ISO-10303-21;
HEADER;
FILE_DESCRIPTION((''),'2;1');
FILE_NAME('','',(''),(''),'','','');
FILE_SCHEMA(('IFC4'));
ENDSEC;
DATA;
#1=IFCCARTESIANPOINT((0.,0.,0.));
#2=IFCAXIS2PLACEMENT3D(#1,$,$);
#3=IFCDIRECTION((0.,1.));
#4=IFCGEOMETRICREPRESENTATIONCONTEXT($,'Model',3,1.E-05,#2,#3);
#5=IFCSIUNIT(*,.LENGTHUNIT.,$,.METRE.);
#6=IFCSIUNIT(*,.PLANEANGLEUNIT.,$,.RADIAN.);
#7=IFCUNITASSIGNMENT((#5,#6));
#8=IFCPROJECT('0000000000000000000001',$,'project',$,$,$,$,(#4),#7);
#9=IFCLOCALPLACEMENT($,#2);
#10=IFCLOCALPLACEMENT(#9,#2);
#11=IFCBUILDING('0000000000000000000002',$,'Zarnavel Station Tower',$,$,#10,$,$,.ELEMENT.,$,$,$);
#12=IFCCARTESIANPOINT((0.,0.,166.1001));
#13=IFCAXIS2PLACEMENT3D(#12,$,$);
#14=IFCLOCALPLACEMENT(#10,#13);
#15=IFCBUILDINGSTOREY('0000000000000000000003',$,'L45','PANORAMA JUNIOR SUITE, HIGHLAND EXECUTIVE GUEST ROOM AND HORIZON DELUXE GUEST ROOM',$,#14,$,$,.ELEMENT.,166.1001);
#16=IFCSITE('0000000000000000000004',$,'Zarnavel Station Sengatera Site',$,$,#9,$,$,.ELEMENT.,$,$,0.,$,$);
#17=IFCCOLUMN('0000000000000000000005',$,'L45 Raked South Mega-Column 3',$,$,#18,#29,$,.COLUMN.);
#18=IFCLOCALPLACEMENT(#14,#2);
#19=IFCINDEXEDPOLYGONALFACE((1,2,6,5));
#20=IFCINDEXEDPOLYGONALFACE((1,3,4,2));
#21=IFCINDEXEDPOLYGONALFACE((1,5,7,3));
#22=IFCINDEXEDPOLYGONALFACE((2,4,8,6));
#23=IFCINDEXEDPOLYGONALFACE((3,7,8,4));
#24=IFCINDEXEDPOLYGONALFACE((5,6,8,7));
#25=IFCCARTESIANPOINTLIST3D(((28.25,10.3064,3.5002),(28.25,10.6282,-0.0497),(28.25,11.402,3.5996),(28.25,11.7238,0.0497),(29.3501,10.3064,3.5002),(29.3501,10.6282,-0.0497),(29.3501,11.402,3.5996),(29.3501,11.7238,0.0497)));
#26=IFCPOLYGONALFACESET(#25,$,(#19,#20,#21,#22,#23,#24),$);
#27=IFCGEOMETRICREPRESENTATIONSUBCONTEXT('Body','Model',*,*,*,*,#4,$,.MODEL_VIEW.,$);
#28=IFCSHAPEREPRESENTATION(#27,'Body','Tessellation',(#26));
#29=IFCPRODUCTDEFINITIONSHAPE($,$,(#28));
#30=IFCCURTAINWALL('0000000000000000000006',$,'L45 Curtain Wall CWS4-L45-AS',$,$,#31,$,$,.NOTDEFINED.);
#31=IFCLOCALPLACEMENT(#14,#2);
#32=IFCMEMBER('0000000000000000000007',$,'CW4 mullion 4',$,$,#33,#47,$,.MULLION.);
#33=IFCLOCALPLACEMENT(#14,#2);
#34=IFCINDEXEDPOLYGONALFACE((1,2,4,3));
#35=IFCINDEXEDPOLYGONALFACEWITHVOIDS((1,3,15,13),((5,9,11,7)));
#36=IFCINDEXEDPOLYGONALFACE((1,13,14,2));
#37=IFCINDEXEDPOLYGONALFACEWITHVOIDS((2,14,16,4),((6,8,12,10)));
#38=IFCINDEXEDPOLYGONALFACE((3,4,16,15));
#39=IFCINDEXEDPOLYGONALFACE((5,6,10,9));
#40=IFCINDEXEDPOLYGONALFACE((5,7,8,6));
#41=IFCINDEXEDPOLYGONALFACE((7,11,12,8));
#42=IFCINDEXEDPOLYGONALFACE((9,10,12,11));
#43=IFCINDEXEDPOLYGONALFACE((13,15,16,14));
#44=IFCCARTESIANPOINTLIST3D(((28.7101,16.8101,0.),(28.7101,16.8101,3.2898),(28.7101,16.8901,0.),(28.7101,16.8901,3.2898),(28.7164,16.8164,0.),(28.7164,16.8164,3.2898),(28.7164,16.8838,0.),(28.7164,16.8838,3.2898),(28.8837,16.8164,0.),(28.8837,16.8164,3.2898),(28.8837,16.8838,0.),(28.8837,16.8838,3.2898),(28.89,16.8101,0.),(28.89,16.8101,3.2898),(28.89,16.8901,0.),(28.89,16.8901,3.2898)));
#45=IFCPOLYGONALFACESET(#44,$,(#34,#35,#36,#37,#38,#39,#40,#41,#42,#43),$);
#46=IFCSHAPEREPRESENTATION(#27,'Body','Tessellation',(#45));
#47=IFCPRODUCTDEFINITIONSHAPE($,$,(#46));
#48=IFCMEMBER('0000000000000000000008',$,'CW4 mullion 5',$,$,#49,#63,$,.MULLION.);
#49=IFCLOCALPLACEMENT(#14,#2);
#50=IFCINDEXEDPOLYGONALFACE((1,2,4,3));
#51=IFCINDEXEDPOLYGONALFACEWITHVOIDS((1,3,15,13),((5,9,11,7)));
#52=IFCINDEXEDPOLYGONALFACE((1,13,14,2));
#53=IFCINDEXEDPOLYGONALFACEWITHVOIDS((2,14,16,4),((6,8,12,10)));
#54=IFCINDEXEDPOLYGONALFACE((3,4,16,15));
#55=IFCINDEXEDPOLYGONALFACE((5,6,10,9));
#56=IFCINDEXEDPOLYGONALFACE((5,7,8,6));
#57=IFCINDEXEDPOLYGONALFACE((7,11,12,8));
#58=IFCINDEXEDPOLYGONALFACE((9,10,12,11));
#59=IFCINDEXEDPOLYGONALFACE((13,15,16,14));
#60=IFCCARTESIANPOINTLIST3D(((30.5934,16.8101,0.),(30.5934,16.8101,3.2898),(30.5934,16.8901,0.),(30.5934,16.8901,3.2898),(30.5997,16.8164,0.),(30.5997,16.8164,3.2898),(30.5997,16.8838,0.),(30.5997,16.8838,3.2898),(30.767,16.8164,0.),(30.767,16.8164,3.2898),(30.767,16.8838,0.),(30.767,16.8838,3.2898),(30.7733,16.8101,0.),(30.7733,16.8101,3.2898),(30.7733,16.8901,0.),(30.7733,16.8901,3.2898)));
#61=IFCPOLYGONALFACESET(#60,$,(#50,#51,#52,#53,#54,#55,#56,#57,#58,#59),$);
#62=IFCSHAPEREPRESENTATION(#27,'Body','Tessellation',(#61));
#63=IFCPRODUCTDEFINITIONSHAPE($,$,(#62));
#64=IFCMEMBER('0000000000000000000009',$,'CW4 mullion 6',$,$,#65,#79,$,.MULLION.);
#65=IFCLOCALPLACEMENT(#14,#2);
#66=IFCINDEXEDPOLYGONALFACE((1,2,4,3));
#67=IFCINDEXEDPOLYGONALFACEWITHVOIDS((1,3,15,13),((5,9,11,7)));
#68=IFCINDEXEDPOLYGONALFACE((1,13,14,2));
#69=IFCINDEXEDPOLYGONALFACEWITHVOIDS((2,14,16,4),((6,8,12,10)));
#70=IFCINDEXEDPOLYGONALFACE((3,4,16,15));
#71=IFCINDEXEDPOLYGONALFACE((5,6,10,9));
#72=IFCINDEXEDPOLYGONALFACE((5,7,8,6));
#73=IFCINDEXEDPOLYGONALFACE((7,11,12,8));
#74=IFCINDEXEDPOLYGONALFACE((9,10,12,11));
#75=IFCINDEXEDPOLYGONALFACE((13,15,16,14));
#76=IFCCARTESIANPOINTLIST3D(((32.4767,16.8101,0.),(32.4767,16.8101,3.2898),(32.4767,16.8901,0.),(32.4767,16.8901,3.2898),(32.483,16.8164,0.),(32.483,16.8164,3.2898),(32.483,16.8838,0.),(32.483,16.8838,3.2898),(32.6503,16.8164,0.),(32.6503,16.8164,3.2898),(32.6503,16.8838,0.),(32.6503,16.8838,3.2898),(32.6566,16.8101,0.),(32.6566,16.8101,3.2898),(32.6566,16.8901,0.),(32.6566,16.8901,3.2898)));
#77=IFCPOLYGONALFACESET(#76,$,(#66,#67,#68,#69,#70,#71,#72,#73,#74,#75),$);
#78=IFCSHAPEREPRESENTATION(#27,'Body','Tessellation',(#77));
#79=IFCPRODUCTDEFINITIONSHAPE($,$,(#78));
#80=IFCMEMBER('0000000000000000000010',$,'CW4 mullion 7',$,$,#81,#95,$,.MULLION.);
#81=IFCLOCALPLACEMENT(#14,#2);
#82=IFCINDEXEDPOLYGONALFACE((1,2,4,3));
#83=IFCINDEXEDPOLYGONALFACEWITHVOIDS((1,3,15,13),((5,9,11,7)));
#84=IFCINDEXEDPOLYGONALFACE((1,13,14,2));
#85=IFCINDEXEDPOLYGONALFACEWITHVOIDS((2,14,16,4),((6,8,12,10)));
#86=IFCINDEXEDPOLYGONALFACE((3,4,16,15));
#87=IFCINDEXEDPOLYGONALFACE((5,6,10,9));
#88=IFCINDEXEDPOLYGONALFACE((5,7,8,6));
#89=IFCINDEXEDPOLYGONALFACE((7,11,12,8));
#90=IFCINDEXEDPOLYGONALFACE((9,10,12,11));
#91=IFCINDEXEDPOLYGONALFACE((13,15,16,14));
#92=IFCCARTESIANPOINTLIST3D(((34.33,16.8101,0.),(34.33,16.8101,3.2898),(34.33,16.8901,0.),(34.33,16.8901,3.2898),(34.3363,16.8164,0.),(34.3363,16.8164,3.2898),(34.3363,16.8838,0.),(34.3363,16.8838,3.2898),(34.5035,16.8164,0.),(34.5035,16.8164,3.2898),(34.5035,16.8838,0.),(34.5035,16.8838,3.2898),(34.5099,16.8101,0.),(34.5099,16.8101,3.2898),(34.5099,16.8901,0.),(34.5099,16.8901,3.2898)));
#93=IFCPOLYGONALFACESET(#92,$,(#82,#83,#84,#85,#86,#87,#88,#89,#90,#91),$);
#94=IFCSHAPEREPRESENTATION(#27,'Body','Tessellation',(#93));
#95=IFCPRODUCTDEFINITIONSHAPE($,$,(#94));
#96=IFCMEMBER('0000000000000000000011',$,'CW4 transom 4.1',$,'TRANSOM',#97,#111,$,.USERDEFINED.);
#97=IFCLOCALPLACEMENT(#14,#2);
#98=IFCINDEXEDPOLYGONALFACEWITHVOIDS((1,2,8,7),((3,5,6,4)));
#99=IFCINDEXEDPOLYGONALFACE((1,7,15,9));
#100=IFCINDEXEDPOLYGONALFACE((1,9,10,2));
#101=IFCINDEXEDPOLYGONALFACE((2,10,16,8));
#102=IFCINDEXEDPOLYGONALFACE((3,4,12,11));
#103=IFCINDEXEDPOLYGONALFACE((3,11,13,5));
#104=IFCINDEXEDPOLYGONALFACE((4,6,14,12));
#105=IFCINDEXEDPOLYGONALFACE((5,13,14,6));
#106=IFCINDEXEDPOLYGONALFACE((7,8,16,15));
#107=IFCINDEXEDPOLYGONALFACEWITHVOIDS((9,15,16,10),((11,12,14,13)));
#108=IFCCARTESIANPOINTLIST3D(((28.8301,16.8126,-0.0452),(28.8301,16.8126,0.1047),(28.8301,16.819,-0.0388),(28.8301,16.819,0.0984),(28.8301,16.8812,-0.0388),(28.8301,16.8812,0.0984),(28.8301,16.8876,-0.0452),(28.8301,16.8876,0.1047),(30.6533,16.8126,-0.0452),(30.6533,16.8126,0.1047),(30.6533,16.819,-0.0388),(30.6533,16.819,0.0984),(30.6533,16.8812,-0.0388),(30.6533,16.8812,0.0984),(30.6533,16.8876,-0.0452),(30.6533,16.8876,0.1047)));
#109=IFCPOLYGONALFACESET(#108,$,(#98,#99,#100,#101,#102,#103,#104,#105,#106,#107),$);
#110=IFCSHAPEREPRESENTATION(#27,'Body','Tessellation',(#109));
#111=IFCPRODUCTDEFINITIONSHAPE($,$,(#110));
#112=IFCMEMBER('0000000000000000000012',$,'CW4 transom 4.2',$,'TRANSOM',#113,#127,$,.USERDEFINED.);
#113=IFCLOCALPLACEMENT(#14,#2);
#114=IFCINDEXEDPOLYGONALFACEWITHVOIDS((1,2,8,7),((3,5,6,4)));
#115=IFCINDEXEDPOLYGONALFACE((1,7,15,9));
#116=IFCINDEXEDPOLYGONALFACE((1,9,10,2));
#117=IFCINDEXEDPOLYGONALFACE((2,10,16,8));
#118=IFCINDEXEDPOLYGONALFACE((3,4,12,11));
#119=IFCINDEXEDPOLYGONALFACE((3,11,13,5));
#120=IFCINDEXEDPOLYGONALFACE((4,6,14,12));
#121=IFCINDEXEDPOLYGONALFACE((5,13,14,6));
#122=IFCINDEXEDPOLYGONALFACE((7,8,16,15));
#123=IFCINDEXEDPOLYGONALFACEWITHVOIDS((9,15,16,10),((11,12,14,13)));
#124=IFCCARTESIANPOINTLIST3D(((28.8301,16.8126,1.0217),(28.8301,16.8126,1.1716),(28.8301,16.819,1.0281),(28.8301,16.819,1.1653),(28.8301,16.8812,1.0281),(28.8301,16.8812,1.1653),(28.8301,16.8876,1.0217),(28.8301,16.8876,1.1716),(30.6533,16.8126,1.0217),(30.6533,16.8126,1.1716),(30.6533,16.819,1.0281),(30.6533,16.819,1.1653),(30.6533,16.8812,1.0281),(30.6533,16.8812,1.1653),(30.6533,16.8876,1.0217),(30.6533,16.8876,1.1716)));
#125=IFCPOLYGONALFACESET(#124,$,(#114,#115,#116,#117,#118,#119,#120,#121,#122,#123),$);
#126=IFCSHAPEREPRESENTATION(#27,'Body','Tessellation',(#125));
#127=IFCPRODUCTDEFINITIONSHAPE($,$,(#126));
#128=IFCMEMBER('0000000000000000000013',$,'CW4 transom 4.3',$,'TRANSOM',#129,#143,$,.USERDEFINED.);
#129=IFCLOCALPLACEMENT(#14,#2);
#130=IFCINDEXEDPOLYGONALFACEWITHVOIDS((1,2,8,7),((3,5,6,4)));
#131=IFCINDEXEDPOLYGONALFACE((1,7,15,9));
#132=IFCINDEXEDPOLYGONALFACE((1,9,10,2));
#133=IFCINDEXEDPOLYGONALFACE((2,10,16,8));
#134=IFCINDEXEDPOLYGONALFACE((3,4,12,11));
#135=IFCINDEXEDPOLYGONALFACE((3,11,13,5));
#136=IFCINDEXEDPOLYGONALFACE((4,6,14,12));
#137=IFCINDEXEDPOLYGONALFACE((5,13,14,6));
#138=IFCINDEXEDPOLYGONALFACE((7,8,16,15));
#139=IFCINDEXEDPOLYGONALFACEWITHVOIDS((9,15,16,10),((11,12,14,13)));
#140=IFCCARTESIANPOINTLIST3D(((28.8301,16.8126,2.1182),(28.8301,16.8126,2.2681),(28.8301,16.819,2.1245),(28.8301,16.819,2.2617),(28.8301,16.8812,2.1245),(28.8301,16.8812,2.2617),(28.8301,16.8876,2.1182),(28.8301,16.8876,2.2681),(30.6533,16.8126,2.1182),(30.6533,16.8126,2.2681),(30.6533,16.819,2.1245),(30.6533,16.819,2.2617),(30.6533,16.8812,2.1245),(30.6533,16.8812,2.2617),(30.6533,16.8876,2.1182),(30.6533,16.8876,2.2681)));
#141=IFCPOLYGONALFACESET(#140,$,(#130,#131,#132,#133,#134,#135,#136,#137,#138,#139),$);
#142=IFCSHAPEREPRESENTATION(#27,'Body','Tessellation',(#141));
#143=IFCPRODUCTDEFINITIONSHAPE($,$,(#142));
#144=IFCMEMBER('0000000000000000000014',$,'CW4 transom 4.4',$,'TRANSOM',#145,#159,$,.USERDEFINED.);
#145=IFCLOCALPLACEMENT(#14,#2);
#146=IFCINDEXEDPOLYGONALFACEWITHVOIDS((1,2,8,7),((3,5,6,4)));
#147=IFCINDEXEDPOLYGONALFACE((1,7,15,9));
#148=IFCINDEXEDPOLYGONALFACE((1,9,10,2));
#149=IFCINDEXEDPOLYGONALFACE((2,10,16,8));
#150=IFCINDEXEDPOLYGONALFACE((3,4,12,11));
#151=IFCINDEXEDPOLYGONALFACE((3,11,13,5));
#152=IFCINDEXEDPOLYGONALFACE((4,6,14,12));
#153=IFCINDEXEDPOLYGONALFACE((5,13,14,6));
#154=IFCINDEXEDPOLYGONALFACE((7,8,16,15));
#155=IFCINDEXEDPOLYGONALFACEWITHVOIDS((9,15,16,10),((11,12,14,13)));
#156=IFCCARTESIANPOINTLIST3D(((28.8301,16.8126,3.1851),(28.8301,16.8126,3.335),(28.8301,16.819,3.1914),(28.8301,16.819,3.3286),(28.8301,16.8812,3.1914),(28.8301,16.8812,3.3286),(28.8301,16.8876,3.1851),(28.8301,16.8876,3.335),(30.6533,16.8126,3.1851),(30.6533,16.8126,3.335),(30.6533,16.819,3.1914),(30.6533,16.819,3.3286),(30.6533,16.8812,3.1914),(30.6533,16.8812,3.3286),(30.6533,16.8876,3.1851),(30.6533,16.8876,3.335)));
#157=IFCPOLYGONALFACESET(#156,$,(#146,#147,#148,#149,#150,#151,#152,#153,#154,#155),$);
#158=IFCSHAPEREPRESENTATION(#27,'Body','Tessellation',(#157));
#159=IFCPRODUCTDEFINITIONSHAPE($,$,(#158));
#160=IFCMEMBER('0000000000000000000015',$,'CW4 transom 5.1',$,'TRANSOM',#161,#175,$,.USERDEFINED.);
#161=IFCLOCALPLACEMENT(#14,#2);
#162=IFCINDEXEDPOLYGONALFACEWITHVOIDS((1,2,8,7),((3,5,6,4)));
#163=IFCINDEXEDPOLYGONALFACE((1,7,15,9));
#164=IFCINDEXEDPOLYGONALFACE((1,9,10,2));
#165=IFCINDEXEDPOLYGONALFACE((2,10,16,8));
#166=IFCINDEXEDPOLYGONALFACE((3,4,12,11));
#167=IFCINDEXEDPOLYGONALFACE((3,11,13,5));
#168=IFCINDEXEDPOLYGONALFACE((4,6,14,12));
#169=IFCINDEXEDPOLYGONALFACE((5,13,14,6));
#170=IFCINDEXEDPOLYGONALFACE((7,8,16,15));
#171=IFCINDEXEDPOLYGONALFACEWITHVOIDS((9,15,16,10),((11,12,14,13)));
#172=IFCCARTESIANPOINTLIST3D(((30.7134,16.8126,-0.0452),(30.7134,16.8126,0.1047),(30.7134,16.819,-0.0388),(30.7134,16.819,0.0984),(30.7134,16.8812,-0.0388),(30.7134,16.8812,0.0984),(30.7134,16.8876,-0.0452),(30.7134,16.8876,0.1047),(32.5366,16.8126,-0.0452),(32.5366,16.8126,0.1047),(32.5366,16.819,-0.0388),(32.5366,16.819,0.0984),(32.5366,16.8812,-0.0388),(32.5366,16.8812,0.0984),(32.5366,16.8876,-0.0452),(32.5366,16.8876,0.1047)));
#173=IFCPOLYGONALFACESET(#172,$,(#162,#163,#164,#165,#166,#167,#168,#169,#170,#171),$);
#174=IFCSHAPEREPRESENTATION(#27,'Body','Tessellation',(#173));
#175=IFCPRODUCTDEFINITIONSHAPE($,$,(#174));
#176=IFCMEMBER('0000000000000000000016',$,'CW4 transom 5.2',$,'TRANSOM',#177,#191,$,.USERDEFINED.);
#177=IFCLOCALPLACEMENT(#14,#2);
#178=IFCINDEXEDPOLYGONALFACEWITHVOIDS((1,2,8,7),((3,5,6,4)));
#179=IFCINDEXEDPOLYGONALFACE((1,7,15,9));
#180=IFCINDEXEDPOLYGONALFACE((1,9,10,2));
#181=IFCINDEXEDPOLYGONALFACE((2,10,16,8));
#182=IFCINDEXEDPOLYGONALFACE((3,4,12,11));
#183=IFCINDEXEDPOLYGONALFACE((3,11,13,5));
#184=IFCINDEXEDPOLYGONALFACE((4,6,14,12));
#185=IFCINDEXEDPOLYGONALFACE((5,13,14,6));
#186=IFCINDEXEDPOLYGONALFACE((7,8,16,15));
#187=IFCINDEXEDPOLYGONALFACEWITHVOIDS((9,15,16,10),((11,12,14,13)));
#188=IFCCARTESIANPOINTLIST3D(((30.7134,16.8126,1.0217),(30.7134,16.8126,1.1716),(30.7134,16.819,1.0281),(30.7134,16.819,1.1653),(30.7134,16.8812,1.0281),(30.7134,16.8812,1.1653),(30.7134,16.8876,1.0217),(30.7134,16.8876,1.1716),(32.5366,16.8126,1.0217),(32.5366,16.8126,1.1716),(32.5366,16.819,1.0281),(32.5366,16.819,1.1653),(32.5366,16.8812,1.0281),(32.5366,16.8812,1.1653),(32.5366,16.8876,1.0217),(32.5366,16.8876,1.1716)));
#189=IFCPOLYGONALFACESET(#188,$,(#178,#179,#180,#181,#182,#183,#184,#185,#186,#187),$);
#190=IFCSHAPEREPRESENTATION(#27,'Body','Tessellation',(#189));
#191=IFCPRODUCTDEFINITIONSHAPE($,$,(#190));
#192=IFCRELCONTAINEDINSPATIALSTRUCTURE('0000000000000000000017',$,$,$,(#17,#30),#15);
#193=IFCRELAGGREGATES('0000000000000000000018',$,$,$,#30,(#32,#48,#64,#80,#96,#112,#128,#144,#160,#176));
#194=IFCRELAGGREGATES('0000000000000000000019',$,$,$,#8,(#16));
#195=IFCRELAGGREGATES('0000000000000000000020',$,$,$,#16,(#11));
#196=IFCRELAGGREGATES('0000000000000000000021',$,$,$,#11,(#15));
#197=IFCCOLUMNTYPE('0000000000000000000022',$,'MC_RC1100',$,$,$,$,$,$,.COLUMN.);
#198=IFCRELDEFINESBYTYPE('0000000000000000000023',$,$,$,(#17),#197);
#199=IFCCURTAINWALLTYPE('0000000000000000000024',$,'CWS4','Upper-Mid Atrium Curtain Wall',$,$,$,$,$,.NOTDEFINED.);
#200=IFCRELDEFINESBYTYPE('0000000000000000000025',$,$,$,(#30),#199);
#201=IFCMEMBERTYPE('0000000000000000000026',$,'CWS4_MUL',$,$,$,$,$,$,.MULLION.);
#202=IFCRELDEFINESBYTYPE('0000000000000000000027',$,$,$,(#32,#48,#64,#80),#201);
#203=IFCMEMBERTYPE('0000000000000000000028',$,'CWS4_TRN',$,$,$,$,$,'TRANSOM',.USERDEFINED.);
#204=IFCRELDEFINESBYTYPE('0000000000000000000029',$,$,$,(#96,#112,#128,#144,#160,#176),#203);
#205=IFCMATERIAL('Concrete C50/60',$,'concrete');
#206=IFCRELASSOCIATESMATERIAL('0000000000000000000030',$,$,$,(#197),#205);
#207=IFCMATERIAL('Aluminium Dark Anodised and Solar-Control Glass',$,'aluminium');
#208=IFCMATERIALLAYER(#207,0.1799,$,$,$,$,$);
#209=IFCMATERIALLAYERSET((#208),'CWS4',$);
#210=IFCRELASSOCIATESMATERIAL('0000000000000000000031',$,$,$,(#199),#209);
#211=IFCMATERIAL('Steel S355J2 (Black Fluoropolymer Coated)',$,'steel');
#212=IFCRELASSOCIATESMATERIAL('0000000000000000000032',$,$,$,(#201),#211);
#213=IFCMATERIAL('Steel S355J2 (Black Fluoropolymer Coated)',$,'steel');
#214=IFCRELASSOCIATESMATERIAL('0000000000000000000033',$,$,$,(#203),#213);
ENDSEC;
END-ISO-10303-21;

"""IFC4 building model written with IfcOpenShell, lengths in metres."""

from ifc_helpers import new_model, si_unit, direction, frame, origin, origin_2d, place, context, subcontext, project, spatial, rectangle, hollow_rectangle, extrude, material, layer, layer_set, material_profile, profile_set, type_object, element, aggregate, save


model = new_model("IFC4")

# Units and contexts
model_context = context("Model", 3, precision=1e-05, world=origin(), true_north=direction((0.0, 1.0)))
body_context = subcontext(model_context, "Body", "Model", "MODEL_VIEW")
ifc_project = project(units=[si_unit("LENGTHUNIT", "METRE"), si_unit("PLANEANGLEUNIT", "RADIAN")], contexts=[model_context])

# Site, building, storey
site_placement = place(None, origin())
site = spatial("IfcSite", under=ifc_project, at=site_placement, Name="Zarnavel Station Sengatera Site", CompositionType="ELEMENT", RefElevation=0.0)
building_placement = place(site_placement, origin())
building = spatial("IfcBuilding", under=site, at=building_placement, Name="Zarnavel Station Tower", CompositionType="ELEMENT")
storey_placement = place(building_placement, frame((0.0, 0.0, 166.1001)))
storey = spatial("IfcBuildingStorey", under=building, at=storey_placement, Name="L45", Description="PANORAMA JUNIOR SUITE, HIGHLAND EXECUTIVE GUEST ROOM AND HORIZON DELUXE GUEST ROOM", CompositionType="ELEMENT", Elevation=166.1001)

# Column
ifc_material_1 = material(Name="Concrete C50/60", Category="concrete")
ifc_material_profile_1 = material_profile(ifc_material_1, rectangle(XDim=1.1001, YDim=1.1001, at=origin_2d()), Name="RC1100x1100")
ifc_profile_set_1 = profile_set([ifc_material_profile_1], Name="Concrete C50/60")
column_type = type_object("IfcColumnType", Name="MC_RC1100", PredefinedType="COLUMN", material=ifc_profile_set_1)
column_placement = place(storey_placement, frame((28.8, 11.176, 0.0), z_axis=(0.0, -0.090276, 0.995917), x_axis=(1.0, 0.0, 0.0)))
element("IfcColumn", 1, at=column_placement, inside=storey, type_object=column_type, Name="L45 Raked South Mega-Column 3", PredefinedType="COLUMN", context=body_context, shape_type="SweptSolid", body=[
    extrude(rectangle(XDim=1.1001, YDim=1.1001, at=origin_2d()), origin(), (0.0, 0.0, 1.0), 3.5645),
])

# Curtain wall, members
ifc_material_2 = material(Name="Aluminium Dark Anodised and Solar-Control Glass", Category="aluminium")
ifc_layer_1 = layer(ifc_material_2, 0.1799)
ifc_layer_set_1 = layer_set([ifc_layer_1], Name="CWS4")
curtain_wall_type = type_object("IfcCurtainWallType", Name="CWS4", Description="Upper-Mid Atrium Curtain Wall", PredefinedType="NOTDEFINED", material=ifc_layer_set_1)
curtain_wall_placement = place(storey_placement, origin())
curtain_wall = element("IfcCurtainWall", 2, at=curtain_wall_placement, inside=storey, type_object=curtain_wall_type, Name="L45 Curtain Wall CWS4-L45-AS", PredefinedType="NOTDEFINED")
ifc_material_3 = material(Name="Steel S355J2 (Black Fluoropolymer Coated)", Category="steel")
ifc_material_profile_2 = material_profile(ifc_material_3, hollow_rectangle(XDim=0.0801, YDim=0.1799, WallThickness=0.0063, at=origin_2d()), Name="RHS180x80x6.3")
ifc_profile_set_2 = profile_set([ifc_material_profile_2], Name="Steel S355J2 (Black Fluoropolymer Coated)")
member_type_1 = type_object("IfcMemberType", Name="CWS4_MUL", PredefinedType="MULLION", material=ifc_profile_set_2)
member_1_placement = place(storey_placement, frame((28.8, 16.8501, 0.0), z_axis=(0.0, 0.0, 1.0), x_axis=(0.0, 1.0, 0.0)))
member_1 = element("IfcMember", 3, at=member_1_placement, type_object=member_type_1, Name="CW4 mullion 4", PredefinedType="MULLION", context=body_context, shape_type="SweptSolid", body=[
    extrude(hollow_rectangle(XDim=0.0801, YDim=0.1799, WallThickness=0.0063, at=origin_2d()), origin(), (0.0, 0.0, 1.0), 3.2898),
])
member_2_placement = place(storey_placement, frame((30.6833, 16.8501, 0.0), z_axis=(0.0, 0.0, 1.0), x_axis=(0.0, 1.0, 0.0)))
member_2 = element("IfcMember", 4, at=member_2_placement, type_object=member_type_1, Name="CW4 mullion 5", PredefinedType="MULLION", context=body_context, shape_type="SweptSolid", body=[
    extrude(hollow_rectangle(XDim=0.0801, YDim=0.1799, WallThickness=0.0063, at=origin_2d()), origin(), (0.0, 0.0, 1.0), 3.2898),
])
member_3_placement = place(storey_placement, frame((32.5667, 16.8501, 0.0), z_axis=(0.0, 0.0, 1.0), x_axis=(0.0, 1.0, 0.0)))
member_3 = element("IfcMember", 5, at=member_3_placement, type_object=member_type_1, Name="CW4 mullion 6", PredefinedType="MULLION", context=body_context, shape_type="SweptSolid", body=[
    extrude(hollow_rectangle(XDim=0.0801, YDim=0.1799, WallThickness=0.0063, at=origin_2d()), origin(), (0.0, 0.0, 1.0), 3.2898),
])
member_4_placement = place(storey_placement, frame((34.4199, 16.8501, 0.0), z_axis=(0.0, 0.0, 1.0), x_axis=(0.0, 1.0, 0.0)))
member_4 = element("IfcMember", 6, at=member_4_placement, type_object=member_type_1, Name="CW4 mullion 7", PredefinedType="MULLION", context=body_context, shape_type="SweptSolid", body=[
    extrude(hollow_rectangle(XDim=0.0801, YDim=0.1799, WallThickness=0.0063, at=origin_2d()), origin(), (0.0, 0.0, 1.0), 3.2898),
])
ifc_material_4 = material(Name="Steel S355J2 (Black Fluoropolymer Coated)", Category="steel")
ifc_material_profile_3 = material_profile(ifc_material_4, hollow_rectangle(XDim=0.075, YDim=0.1499, WallThickness=0.0063, at=origin_2d()), Name="RHS150x75x6.3")
ifc_profile_set_3 = profile_set([ifc_material_profile_3], Name="Steel S355J2 (Black Fluoropolymer Coated)")
member_type_2 = type_object("IfcMemberType", Name="CWS4_TRN", ElementType="TRANSOM", PredefinedType="USERDEFINED", material=ifc_profile_set_3)
member_5_placement = place(storey_placement, frame((28.8301, 16.8501, 0.0298), z_axis=(1.0, 0.0, 0.0), x_axis=(0.0, 1.0, 0.0)))
member_5 = element("IfcMember", 7, at=member_5_placement, type_object=member_type_2, Name="CW4 transom 4.1", ObjectType="TRANSOM", PredefinedType="USERDEFINED", context=body_context, shape_type="SweptSolid", body=[
    extrude(hollow_rectangle(XDim=0.075, YDim=0.1499, WallThickness=0.0063, at=origin_2d()), origin(), (0.0, 0.0, 1.0), 1.8232),
])
member_6_placement = place(storey_placement, frame((28.8301, 16.8501, 1.0967), z_axis=(1.0, 0.0, 0.0), x_axis=(0.0, 1.0, 0.0)))
member_6 = element("IfcMember", 8, at=member_6_placement, type_object=member_type_2, Name="CW4 transom 4.2", ObjectType="TRANSOM", PredefinedType="USERDEFINED", context=body_context, shape_type="SweptSolid", body=[
    extrude(hollow_rectangle(XDim=0.075, YDim=0.1499, WallThickness=0.0063, at=origin_2d()), origin(), (0.0, 0.0, 1.0), 1.8232),
])
member_7_placement = place(storey_placement, frame((28.8301, 16.8501, 2.1931), z_axis=(1.0, 0.0, 0.0), x_axis=(0.0, 1.0, 0.0)))
member_7 = element("IfcMember", 9, at=member_7_placement, type_object=member_type_2, Name="CW4 transom 4.3", ObjectType="TRANSOM", PredefinedType="USERDEFINED", context=body_context, shape_type="SweptSolid", body=[
    extrude(hollow_rectangle(XDim=0.075, YDim=0.1499, WallThickness=0.0063, at=origin_2d()), origin(), (0.0, 0.0, 1.0), 1.8232),
])
member_8_placement = place(storey_placement, frame((28.8301, 16.8501, 3.26), z_axis=(1.0, 0.0, 0.0), x_axis=(0.0, 1.0, 0.0)))
member_8 = element("IfcMember", 10, at=member_8_placement, type_object=member_type_2, Name="CW4 transom 4.4", ObjectType="TRANSOM", PredefinedType="USERDEFINED", context=body_context, shape_type="SweptSolid", body=[
    extrude(hollow_rectangle(XDim=0.075, YDim=0.1499, WallThickness=0.0063, at=origin_2d()), origin(), (0.0, 0.0, 1.0), 1.8232),
])
member_9_placement = place(storey_placement, frame((30.7134, 16.8501, 0.0298), z_axis=(1.0, 0.0, 0.0), x_axis=(0.0, 1.0, 0.0)))
member_9 = element("IfcMember", 11, at=member_9_placement, type_object=member_type_2, Name="CW4 transom 5.1", ObjectType="TRANSOM", PredefinedType="USERDEFINED", context=body_context, shape_type="SweptSolid", body=[
    extrude(hollow_rectangle(XDim=0.075, YDim=0.1499, WallThickness=0.0063, at=origin_2d()), origin(), (0.0, 0.0, 1.0), 1.8232),
])
member_10_placement = place(storey_placement, frame((30.7134, 16.8501, 1.0967), z_axis=(1.0, 0.0, 0.0), x_axis=(0.0, 1.0, 0.0)))
member_10 = element("IfcMember", 12, at=member_10_placement, type_object=member_type_2, Name="CW4 transom 5.2", ObjectType="TRANSOM", PredefinedType="USERDEFINED", context=body_context, shape_type="SweptSolid", body=[
    extrude(hollow_rectangle(XDim=0.075, YDim=0.1499, WallThickness=0.0063, at=origin_2d()), origin(), (0.0, 0.0, 1.0), 1.8232),
])

aggregate(curtain_wall, [member_1, member_2, member_3, member_4, member_5, member_6, member_7, member_8, member_9, member_10])

save(model, "model.ifc")
